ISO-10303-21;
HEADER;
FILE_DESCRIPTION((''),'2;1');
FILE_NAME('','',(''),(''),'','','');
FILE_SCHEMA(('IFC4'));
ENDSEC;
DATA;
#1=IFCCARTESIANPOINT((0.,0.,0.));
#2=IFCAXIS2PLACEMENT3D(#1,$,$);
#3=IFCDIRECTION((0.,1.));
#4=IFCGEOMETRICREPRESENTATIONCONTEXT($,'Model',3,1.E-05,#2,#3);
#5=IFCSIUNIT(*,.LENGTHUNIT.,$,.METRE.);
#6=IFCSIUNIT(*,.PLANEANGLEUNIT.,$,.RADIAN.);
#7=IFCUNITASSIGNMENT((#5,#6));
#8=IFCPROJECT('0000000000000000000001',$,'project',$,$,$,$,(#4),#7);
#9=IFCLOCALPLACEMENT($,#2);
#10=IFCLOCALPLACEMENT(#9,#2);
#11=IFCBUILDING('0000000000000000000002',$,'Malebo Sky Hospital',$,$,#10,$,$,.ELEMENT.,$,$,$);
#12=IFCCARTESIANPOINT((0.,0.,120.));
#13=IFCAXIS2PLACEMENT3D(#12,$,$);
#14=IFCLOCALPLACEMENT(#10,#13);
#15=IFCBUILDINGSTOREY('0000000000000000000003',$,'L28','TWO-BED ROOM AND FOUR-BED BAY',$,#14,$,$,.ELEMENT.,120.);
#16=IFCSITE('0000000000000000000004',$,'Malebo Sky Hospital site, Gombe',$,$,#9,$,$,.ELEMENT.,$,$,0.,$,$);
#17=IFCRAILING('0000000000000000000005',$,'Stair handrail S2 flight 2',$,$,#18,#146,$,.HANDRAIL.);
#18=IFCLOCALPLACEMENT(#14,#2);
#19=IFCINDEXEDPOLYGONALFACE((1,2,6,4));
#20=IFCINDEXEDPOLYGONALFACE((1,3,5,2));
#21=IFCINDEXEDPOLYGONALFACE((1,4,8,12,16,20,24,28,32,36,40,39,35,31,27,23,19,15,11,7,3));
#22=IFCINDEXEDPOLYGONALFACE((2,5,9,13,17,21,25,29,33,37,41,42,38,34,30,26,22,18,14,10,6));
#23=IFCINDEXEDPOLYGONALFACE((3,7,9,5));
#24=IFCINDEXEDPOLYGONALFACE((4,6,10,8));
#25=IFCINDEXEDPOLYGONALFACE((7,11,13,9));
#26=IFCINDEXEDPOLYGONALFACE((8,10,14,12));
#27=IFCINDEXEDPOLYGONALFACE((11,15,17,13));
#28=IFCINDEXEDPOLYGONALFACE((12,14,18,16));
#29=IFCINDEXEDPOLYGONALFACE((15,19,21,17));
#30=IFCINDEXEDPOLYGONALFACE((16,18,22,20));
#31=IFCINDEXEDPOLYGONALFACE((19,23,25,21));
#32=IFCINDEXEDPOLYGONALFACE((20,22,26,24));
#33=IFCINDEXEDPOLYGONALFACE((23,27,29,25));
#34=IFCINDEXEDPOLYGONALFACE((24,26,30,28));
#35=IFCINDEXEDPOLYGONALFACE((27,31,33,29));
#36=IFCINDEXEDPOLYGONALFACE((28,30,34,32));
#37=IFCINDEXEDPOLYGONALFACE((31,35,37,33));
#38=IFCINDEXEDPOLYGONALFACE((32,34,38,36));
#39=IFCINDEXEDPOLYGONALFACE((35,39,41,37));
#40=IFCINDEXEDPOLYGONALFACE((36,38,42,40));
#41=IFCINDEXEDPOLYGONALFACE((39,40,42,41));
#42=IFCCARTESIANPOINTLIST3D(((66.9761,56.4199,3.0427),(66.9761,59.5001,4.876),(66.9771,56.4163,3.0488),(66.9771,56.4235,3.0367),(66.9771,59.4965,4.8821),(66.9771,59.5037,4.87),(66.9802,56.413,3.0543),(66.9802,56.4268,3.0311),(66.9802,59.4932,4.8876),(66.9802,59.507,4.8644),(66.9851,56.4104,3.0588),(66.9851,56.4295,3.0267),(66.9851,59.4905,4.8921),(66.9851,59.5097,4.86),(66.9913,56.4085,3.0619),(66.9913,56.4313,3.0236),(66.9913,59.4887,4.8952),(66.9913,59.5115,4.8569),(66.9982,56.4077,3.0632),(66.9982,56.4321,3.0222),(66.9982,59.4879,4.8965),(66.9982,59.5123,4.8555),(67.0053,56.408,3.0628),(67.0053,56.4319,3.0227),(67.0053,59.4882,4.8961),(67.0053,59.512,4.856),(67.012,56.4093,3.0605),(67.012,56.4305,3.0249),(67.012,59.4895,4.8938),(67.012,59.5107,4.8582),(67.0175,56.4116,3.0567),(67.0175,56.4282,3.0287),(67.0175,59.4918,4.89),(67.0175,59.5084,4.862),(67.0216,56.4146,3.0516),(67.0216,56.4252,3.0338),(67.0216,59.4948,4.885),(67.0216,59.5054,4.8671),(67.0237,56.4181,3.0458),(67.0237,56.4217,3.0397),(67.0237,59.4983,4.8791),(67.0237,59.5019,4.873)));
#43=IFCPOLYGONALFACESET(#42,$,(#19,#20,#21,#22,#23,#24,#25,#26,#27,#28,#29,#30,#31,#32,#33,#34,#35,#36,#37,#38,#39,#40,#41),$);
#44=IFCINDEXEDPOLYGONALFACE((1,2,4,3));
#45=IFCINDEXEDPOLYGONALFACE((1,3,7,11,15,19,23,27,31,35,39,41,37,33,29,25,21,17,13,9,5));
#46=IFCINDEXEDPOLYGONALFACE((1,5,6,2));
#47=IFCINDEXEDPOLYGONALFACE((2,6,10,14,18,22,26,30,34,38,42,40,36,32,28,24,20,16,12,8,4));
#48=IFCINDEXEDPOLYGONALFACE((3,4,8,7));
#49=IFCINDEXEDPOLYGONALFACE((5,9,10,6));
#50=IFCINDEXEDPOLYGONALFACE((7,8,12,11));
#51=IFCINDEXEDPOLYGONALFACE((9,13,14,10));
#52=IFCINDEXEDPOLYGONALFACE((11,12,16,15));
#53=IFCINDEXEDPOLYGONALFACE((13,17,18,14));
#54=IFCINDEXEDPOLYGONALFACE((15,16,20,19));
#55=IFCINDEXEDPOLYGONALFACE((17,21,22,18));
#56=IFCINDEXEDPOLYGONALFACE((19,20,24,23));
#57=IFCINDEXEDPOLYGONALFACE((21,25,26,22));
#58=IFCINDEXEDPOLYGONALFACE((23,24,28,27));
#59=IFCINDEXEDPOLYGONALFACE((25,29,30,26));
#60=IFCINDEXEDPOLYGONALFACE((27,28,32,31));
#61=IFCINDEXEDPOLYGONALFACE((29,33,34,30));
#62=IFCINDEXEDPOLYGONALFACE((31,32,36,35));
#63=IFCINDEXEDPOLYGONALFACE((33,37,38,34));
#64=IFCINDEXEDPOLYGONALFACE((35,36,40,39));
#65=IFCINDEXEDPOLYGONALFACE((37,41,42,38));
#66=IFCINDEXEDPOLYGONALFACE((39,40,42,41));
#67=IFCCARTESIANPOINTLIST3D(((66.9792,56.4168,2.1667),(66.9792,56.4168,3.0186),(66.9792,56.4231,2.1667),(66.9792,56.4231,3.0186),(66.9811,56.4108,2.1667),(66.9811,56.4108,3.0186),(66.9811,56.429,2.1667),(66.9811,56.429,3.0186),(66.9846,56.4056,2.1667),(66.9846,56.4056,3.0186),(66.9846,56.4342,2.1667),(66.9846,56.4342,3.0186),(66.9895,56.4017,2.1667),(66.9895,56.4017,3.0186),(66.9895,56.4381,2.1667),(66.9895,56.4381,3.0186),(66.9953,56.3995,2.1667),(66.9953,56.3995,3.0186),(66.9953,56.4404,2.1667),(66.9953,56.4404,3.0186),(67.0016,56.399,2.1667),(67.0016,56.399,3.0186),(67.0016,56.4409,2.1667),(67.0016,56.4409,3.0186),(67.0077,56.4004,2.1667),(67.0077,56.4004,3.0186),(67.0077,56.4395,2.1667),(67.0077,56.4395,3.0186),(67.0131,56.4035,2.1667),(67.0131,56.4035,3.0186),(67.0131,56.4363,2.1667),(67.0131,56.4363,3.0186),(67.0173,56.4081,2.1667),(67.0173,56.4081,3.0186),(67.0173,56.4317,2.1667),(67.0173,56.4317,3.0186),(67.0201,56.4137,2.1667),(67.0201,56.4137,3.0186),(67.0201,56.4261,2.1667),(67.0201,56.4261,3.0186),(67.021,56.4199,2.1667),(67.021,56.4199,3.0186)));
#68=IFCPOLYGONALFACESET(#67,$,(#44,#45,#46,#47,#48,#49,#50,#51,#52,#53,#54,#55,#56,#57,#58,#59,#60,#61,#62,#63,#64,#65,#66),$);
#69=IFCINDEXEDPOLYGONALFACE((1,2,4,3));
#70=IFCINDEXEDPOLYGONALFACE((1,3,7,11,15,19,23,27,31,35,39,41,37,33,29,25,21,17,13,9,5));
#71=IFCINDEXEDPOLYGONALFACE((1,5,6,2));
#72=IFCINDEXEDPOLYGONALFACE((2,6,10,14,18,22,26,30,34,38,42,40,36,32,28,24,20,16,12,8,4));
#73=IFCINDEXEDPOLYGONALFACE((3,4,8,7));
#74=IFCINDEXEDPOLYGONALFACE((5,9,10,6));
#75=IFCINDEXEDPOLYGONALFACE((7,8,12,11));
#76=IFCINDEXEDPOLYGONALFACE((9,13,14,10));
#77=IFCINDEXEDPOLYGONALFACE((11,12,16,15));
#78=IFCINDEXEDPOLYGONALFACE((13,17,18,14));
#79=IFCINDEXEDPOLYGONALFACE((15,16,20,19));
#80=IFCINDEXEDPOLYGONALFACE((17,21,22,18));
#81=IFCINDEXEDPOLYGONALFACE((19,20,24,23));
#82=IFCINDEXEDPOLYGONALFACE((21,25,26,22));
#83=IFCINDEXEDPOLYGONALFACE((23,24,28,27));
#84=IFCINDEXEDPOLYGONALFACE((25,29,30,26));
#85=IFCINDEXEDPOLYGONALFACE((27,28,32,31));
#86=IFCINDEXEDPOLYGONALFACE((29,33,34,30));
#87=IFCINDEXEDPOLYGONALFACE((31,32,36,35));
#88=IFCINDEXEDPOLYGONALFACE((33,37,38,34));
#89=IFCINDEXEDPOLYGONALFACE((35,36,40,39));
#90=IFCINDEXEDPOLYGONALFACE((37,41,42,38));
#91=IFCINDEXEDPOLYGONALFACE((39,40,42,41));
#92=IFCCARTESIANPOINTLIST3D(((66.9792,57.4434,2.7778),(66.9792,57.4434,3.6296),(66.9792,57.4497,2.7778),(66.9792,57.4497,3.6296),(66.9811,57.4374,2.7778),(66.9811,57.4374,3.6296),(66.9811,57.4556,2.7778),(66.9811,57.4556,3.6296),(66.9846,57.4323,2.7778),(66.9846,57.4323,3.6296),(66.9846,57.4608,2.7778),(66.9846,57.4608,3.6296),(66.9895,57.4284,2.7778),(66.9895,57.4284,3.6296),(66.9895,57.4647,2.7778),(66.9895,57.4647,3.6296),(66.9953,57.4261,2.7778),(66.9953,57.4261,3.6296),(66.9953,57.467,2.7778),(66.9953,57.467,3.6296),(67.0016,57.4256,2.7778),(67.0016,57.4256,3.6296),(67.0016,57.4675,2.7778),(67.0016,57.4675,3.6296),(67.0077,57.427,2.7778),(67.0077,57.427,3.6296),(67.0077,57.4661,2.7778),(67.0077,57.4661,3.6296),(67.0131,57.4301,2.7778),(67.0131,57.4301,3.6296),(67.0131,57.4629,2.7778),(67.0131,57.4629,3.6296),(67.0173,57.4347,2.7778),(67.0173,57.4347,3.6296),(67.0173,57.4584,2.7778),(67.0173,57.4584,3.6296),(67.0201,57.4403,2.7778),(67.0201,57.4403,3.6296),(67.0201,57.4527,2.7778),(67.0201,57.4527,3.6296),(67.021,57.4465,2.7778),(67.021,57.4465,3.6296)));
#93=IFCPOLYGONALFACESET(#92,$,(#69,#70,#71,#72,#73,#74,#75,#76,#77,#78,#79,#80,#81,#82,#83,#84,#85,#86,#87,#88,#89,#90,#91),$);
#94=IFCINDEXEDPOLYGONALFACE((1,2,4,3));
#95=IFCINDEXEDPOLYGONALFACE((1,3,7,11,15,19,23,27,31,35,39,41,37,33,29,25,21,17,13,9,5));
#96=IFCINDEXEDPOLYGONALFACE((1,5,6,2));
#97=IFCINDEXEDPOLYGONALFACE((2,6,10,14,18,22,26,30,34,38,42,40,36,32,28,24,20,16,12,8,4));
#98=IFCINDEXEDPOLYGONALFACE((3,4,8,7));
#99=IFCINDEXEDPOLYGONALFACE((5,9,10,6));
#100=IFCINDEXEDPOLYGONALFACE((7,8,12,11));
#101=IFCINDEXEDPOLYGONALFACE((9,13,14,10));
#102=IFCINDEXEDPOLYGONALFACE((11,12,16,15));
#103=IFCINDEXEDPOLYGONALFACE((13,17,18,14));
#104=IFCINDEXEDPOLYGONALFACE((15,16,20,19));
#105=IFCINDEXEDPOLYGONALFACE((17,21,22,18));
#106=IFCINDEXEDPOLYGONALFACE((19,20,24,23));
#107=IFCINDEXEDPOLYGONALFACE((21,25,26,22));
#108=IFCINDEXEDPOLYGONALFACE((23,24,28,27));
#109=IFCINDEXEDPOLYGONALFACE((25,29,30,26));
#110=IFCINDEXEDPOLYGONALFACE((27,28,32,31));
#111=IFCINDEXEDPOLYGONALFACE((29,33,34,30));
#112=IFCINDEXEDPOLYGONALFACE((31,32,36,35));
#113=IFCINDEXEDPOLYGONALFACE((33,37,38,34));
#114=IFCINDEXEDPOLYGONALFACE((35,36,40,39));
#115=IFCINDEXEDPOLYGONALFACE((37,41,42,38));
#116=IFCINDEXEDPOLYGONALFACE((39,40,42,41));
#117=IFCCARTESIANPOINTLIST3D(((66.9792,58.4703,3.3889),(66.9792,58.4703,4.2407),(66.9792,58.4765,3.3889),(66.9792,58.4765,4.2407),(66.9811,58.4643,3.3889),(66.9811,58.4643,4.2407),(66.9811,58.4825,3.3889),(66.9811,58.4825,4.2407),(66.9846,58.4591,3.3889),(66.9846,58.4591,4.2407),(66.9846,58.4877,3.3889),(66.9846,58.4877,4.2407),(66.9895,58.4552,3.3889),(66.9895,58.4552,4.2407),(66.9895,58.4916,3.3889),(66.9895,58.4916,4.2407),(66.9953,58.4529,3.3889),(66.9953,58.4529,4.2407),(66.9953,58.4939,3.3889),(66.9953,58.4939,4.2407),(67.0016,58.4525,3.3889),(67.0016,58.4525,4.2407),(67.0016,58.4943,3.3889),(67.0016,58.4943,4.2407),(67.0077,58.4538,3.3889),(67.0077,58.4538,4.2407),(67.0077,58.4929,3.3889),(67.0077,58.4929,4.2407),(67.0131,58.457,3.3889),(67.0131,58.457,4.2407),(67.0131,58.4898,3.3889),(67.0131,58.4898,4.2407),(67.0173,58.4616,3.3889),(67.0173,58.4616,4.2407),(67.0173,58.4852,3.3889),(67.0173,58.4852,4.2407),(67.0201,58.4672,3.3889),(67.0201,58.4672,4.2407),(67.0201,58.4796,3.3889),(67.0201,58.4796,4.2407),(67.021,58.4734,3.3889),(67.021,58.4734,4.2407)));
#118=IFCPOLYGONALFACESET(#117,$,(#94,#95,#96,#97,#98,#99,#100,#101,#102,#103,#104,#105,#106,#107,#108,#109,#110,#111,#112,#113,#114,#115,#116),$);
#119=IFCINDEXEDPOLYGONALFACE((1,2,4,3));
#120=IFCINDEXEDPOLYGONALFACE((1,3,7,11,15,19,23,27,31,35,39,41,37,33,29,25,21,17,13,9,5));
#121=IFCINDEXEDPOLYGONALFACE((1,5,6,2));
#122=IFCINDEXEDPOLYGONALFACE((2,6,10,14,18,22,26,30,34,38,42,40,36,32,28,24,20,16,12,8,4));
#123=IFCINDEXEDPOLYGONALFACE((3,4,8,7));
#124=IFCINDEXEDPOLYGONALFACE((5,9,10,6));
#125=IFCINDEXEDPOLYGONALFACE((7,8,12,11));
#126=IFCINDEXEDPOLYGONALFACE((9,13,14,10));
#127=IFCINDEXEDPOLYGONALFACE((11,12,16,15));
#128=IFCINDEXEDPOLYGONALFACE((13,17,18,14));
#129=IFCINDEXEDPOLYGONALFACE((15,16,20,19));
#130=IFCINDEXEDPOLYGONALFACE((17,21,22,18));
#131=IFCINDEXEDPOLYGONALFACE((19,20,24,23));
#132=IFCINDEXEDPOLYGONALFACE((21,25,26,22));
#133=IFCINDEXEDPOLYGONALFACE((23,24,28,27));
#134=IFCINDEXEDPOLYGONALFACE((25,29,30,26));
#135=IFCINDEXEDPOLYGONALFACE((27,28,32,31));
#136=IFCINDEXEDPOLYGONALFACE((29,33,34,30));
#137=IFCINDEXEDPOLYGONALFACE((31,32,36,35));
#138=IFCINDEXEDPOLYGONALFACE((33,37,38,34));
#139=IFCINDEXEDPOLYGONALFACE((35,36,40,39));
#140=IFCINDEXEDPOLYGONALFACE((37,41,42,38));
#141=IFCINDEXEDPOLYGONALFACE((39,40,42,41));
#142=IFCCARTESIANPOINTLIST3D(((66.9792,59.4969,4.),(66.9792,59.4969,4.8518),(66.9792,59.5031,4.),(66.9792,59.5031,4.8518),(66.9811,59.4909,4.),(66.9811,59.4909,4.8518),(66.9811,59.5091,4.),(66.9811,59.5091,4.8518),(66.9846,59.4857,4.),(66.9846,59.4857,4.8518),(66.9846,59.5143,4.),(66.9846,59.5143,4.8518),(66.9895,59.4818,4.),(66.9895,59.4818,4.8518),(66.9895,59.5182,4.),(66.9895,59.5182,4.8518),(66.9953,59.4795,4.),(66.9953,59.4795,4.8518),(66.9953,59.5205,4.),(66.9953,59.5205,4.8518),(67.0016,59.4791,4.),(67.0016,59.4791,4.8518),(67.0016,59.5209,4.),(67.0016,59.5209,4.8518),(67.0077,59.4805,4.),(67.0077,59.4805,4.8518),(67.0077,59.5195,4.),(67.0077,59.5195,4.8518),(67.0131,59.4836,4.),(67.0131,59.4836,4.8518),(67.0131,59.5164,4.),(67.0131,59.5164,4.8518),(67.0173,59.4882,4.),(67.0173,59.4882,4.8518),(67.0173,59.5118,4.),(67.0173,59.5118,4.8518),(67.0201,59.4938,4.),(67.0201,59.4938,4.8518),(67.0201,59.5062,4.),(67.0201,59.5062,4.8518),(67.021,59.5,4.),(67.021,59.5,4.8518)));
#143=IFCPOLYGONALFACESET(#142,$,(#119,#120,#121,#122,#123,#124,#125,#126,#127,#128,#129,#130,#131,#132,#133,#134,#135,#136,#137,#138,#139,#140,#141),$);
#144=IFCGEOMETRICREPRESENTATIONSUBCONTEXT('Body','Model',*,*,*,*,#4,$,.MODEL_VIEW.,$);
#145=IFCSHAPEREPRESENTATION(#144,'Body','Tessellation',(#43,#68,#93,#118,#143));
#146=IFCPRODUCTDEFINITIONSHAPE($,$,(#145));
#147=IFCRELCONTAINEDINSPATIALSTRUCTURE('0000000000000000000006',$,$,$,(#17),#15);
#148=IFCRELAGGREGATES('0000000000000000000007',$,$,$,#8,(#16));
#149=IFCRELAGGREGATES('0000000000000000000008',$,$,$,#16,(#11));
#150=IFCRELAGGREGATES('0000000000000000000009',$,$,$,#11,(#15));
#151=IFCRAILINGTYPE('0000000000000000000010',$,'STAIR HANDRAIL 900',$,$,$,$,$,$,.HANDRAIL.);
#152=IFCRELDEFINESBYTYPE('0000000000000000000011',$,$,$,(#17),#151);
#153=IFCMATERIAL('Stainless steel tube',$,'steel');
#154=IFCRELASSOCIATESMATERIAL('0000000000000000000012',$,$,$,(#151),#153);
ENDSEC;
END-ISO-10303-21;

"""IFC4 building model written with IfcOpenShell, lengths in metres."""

from ifc_helpers import new_model, si_unit, direction, frame, origin, origin_2d, place, context, subcontext, project, spatial, circle, extrude, material, type_object, element, save


model = new_model("IFC4")

# Units and contexts
model_context = context("Model", 3, precision=1e-05, world=origin(), true_north=direction((0.0, 1.0)))
body_context = subcontext(model_context, "Body", "Model", "MODEL_VIEW")
ifc_project = project(units=[si_unit("LENGTHUNIT", "METRE"), si_unit("PLANEANGLEUNIT", "RADIAN")], contexts=[model_context])

# Site, building, storey
site_placement = place(None, origin())
site = spatial("IfcSite", under=ifc_project, at=site_placement, Name="Malebo Sky Hospital site, Gombe", CompositionType="ELEMENT", RefElevation=0.0)
building_placement = place(site_placement, origin())
building = spatial("IfcBuilding", under=site, at=building_placement, Name="Malebo Sky Hospital", CompositionType="ELEMENT")
storey_placement = place(building_placement, frame((0.0, 0.0, 120.0)))
storey = spatial("IfcBuildingStorey", under=building, at=storey_placement, Name="L28", Description="TWO-BED ROOM AND FOUR-BED BAY", CompositionType="ELEMENT", Elevation=120.0)

# Railing
ifc_material_1 = material(Name="Stainless steel tube", Category="steel")
railing_type = type_object("IfcRailingType", Name="STAIR HANDRAIL 900", PredefinedType="HANDRAIL", material=ifc_material_1)
railing_1_placement = place(storey_placement, frame((67.0, 56.4199, 2.1667)))
element("IfcRailing", 1, at=railing_1_placement, inside=storey, type_object=railing_type, Name="Stair handrail S2 flight 2", PredefinedType="HANDRAIL", context=body_context, shape_type="SweptSolid", body=[
    extrude(circle(Radius=0.0239, at=origin_2d()), frame((0.0, 0.0, 0.876), z_axis=(0.0, 0.859309, 0.511458), x_axis=(-1.0, 0.0, 0.0)), (0.0, 0.0, 1.0), 3.5845),
    extrude(circle(Radius=0.021, at=origin_2d()), origin(), (0.0, 0.0, 1.0), 0.8518),
    extrude(circle(Radius=0.021, at=origin_2d()), frame((0.0, 1.0266, 0.6111)), (0.0, 0.0, 1.0), 0.8518),
    extrude(circle(Radius=0.021, at=origin_2d()), frame((0.0, 2.0535, 1.2222)), (0.0, 0.0, 1.0), 0.8518),
    extrude(circle(Radius=0.021, at=origin_2d()), frame((0.0, 3.0801, 1.8333)), (0.0, 0.0, 1.0), 0.8518),
])

save(model, "model.ifc")
